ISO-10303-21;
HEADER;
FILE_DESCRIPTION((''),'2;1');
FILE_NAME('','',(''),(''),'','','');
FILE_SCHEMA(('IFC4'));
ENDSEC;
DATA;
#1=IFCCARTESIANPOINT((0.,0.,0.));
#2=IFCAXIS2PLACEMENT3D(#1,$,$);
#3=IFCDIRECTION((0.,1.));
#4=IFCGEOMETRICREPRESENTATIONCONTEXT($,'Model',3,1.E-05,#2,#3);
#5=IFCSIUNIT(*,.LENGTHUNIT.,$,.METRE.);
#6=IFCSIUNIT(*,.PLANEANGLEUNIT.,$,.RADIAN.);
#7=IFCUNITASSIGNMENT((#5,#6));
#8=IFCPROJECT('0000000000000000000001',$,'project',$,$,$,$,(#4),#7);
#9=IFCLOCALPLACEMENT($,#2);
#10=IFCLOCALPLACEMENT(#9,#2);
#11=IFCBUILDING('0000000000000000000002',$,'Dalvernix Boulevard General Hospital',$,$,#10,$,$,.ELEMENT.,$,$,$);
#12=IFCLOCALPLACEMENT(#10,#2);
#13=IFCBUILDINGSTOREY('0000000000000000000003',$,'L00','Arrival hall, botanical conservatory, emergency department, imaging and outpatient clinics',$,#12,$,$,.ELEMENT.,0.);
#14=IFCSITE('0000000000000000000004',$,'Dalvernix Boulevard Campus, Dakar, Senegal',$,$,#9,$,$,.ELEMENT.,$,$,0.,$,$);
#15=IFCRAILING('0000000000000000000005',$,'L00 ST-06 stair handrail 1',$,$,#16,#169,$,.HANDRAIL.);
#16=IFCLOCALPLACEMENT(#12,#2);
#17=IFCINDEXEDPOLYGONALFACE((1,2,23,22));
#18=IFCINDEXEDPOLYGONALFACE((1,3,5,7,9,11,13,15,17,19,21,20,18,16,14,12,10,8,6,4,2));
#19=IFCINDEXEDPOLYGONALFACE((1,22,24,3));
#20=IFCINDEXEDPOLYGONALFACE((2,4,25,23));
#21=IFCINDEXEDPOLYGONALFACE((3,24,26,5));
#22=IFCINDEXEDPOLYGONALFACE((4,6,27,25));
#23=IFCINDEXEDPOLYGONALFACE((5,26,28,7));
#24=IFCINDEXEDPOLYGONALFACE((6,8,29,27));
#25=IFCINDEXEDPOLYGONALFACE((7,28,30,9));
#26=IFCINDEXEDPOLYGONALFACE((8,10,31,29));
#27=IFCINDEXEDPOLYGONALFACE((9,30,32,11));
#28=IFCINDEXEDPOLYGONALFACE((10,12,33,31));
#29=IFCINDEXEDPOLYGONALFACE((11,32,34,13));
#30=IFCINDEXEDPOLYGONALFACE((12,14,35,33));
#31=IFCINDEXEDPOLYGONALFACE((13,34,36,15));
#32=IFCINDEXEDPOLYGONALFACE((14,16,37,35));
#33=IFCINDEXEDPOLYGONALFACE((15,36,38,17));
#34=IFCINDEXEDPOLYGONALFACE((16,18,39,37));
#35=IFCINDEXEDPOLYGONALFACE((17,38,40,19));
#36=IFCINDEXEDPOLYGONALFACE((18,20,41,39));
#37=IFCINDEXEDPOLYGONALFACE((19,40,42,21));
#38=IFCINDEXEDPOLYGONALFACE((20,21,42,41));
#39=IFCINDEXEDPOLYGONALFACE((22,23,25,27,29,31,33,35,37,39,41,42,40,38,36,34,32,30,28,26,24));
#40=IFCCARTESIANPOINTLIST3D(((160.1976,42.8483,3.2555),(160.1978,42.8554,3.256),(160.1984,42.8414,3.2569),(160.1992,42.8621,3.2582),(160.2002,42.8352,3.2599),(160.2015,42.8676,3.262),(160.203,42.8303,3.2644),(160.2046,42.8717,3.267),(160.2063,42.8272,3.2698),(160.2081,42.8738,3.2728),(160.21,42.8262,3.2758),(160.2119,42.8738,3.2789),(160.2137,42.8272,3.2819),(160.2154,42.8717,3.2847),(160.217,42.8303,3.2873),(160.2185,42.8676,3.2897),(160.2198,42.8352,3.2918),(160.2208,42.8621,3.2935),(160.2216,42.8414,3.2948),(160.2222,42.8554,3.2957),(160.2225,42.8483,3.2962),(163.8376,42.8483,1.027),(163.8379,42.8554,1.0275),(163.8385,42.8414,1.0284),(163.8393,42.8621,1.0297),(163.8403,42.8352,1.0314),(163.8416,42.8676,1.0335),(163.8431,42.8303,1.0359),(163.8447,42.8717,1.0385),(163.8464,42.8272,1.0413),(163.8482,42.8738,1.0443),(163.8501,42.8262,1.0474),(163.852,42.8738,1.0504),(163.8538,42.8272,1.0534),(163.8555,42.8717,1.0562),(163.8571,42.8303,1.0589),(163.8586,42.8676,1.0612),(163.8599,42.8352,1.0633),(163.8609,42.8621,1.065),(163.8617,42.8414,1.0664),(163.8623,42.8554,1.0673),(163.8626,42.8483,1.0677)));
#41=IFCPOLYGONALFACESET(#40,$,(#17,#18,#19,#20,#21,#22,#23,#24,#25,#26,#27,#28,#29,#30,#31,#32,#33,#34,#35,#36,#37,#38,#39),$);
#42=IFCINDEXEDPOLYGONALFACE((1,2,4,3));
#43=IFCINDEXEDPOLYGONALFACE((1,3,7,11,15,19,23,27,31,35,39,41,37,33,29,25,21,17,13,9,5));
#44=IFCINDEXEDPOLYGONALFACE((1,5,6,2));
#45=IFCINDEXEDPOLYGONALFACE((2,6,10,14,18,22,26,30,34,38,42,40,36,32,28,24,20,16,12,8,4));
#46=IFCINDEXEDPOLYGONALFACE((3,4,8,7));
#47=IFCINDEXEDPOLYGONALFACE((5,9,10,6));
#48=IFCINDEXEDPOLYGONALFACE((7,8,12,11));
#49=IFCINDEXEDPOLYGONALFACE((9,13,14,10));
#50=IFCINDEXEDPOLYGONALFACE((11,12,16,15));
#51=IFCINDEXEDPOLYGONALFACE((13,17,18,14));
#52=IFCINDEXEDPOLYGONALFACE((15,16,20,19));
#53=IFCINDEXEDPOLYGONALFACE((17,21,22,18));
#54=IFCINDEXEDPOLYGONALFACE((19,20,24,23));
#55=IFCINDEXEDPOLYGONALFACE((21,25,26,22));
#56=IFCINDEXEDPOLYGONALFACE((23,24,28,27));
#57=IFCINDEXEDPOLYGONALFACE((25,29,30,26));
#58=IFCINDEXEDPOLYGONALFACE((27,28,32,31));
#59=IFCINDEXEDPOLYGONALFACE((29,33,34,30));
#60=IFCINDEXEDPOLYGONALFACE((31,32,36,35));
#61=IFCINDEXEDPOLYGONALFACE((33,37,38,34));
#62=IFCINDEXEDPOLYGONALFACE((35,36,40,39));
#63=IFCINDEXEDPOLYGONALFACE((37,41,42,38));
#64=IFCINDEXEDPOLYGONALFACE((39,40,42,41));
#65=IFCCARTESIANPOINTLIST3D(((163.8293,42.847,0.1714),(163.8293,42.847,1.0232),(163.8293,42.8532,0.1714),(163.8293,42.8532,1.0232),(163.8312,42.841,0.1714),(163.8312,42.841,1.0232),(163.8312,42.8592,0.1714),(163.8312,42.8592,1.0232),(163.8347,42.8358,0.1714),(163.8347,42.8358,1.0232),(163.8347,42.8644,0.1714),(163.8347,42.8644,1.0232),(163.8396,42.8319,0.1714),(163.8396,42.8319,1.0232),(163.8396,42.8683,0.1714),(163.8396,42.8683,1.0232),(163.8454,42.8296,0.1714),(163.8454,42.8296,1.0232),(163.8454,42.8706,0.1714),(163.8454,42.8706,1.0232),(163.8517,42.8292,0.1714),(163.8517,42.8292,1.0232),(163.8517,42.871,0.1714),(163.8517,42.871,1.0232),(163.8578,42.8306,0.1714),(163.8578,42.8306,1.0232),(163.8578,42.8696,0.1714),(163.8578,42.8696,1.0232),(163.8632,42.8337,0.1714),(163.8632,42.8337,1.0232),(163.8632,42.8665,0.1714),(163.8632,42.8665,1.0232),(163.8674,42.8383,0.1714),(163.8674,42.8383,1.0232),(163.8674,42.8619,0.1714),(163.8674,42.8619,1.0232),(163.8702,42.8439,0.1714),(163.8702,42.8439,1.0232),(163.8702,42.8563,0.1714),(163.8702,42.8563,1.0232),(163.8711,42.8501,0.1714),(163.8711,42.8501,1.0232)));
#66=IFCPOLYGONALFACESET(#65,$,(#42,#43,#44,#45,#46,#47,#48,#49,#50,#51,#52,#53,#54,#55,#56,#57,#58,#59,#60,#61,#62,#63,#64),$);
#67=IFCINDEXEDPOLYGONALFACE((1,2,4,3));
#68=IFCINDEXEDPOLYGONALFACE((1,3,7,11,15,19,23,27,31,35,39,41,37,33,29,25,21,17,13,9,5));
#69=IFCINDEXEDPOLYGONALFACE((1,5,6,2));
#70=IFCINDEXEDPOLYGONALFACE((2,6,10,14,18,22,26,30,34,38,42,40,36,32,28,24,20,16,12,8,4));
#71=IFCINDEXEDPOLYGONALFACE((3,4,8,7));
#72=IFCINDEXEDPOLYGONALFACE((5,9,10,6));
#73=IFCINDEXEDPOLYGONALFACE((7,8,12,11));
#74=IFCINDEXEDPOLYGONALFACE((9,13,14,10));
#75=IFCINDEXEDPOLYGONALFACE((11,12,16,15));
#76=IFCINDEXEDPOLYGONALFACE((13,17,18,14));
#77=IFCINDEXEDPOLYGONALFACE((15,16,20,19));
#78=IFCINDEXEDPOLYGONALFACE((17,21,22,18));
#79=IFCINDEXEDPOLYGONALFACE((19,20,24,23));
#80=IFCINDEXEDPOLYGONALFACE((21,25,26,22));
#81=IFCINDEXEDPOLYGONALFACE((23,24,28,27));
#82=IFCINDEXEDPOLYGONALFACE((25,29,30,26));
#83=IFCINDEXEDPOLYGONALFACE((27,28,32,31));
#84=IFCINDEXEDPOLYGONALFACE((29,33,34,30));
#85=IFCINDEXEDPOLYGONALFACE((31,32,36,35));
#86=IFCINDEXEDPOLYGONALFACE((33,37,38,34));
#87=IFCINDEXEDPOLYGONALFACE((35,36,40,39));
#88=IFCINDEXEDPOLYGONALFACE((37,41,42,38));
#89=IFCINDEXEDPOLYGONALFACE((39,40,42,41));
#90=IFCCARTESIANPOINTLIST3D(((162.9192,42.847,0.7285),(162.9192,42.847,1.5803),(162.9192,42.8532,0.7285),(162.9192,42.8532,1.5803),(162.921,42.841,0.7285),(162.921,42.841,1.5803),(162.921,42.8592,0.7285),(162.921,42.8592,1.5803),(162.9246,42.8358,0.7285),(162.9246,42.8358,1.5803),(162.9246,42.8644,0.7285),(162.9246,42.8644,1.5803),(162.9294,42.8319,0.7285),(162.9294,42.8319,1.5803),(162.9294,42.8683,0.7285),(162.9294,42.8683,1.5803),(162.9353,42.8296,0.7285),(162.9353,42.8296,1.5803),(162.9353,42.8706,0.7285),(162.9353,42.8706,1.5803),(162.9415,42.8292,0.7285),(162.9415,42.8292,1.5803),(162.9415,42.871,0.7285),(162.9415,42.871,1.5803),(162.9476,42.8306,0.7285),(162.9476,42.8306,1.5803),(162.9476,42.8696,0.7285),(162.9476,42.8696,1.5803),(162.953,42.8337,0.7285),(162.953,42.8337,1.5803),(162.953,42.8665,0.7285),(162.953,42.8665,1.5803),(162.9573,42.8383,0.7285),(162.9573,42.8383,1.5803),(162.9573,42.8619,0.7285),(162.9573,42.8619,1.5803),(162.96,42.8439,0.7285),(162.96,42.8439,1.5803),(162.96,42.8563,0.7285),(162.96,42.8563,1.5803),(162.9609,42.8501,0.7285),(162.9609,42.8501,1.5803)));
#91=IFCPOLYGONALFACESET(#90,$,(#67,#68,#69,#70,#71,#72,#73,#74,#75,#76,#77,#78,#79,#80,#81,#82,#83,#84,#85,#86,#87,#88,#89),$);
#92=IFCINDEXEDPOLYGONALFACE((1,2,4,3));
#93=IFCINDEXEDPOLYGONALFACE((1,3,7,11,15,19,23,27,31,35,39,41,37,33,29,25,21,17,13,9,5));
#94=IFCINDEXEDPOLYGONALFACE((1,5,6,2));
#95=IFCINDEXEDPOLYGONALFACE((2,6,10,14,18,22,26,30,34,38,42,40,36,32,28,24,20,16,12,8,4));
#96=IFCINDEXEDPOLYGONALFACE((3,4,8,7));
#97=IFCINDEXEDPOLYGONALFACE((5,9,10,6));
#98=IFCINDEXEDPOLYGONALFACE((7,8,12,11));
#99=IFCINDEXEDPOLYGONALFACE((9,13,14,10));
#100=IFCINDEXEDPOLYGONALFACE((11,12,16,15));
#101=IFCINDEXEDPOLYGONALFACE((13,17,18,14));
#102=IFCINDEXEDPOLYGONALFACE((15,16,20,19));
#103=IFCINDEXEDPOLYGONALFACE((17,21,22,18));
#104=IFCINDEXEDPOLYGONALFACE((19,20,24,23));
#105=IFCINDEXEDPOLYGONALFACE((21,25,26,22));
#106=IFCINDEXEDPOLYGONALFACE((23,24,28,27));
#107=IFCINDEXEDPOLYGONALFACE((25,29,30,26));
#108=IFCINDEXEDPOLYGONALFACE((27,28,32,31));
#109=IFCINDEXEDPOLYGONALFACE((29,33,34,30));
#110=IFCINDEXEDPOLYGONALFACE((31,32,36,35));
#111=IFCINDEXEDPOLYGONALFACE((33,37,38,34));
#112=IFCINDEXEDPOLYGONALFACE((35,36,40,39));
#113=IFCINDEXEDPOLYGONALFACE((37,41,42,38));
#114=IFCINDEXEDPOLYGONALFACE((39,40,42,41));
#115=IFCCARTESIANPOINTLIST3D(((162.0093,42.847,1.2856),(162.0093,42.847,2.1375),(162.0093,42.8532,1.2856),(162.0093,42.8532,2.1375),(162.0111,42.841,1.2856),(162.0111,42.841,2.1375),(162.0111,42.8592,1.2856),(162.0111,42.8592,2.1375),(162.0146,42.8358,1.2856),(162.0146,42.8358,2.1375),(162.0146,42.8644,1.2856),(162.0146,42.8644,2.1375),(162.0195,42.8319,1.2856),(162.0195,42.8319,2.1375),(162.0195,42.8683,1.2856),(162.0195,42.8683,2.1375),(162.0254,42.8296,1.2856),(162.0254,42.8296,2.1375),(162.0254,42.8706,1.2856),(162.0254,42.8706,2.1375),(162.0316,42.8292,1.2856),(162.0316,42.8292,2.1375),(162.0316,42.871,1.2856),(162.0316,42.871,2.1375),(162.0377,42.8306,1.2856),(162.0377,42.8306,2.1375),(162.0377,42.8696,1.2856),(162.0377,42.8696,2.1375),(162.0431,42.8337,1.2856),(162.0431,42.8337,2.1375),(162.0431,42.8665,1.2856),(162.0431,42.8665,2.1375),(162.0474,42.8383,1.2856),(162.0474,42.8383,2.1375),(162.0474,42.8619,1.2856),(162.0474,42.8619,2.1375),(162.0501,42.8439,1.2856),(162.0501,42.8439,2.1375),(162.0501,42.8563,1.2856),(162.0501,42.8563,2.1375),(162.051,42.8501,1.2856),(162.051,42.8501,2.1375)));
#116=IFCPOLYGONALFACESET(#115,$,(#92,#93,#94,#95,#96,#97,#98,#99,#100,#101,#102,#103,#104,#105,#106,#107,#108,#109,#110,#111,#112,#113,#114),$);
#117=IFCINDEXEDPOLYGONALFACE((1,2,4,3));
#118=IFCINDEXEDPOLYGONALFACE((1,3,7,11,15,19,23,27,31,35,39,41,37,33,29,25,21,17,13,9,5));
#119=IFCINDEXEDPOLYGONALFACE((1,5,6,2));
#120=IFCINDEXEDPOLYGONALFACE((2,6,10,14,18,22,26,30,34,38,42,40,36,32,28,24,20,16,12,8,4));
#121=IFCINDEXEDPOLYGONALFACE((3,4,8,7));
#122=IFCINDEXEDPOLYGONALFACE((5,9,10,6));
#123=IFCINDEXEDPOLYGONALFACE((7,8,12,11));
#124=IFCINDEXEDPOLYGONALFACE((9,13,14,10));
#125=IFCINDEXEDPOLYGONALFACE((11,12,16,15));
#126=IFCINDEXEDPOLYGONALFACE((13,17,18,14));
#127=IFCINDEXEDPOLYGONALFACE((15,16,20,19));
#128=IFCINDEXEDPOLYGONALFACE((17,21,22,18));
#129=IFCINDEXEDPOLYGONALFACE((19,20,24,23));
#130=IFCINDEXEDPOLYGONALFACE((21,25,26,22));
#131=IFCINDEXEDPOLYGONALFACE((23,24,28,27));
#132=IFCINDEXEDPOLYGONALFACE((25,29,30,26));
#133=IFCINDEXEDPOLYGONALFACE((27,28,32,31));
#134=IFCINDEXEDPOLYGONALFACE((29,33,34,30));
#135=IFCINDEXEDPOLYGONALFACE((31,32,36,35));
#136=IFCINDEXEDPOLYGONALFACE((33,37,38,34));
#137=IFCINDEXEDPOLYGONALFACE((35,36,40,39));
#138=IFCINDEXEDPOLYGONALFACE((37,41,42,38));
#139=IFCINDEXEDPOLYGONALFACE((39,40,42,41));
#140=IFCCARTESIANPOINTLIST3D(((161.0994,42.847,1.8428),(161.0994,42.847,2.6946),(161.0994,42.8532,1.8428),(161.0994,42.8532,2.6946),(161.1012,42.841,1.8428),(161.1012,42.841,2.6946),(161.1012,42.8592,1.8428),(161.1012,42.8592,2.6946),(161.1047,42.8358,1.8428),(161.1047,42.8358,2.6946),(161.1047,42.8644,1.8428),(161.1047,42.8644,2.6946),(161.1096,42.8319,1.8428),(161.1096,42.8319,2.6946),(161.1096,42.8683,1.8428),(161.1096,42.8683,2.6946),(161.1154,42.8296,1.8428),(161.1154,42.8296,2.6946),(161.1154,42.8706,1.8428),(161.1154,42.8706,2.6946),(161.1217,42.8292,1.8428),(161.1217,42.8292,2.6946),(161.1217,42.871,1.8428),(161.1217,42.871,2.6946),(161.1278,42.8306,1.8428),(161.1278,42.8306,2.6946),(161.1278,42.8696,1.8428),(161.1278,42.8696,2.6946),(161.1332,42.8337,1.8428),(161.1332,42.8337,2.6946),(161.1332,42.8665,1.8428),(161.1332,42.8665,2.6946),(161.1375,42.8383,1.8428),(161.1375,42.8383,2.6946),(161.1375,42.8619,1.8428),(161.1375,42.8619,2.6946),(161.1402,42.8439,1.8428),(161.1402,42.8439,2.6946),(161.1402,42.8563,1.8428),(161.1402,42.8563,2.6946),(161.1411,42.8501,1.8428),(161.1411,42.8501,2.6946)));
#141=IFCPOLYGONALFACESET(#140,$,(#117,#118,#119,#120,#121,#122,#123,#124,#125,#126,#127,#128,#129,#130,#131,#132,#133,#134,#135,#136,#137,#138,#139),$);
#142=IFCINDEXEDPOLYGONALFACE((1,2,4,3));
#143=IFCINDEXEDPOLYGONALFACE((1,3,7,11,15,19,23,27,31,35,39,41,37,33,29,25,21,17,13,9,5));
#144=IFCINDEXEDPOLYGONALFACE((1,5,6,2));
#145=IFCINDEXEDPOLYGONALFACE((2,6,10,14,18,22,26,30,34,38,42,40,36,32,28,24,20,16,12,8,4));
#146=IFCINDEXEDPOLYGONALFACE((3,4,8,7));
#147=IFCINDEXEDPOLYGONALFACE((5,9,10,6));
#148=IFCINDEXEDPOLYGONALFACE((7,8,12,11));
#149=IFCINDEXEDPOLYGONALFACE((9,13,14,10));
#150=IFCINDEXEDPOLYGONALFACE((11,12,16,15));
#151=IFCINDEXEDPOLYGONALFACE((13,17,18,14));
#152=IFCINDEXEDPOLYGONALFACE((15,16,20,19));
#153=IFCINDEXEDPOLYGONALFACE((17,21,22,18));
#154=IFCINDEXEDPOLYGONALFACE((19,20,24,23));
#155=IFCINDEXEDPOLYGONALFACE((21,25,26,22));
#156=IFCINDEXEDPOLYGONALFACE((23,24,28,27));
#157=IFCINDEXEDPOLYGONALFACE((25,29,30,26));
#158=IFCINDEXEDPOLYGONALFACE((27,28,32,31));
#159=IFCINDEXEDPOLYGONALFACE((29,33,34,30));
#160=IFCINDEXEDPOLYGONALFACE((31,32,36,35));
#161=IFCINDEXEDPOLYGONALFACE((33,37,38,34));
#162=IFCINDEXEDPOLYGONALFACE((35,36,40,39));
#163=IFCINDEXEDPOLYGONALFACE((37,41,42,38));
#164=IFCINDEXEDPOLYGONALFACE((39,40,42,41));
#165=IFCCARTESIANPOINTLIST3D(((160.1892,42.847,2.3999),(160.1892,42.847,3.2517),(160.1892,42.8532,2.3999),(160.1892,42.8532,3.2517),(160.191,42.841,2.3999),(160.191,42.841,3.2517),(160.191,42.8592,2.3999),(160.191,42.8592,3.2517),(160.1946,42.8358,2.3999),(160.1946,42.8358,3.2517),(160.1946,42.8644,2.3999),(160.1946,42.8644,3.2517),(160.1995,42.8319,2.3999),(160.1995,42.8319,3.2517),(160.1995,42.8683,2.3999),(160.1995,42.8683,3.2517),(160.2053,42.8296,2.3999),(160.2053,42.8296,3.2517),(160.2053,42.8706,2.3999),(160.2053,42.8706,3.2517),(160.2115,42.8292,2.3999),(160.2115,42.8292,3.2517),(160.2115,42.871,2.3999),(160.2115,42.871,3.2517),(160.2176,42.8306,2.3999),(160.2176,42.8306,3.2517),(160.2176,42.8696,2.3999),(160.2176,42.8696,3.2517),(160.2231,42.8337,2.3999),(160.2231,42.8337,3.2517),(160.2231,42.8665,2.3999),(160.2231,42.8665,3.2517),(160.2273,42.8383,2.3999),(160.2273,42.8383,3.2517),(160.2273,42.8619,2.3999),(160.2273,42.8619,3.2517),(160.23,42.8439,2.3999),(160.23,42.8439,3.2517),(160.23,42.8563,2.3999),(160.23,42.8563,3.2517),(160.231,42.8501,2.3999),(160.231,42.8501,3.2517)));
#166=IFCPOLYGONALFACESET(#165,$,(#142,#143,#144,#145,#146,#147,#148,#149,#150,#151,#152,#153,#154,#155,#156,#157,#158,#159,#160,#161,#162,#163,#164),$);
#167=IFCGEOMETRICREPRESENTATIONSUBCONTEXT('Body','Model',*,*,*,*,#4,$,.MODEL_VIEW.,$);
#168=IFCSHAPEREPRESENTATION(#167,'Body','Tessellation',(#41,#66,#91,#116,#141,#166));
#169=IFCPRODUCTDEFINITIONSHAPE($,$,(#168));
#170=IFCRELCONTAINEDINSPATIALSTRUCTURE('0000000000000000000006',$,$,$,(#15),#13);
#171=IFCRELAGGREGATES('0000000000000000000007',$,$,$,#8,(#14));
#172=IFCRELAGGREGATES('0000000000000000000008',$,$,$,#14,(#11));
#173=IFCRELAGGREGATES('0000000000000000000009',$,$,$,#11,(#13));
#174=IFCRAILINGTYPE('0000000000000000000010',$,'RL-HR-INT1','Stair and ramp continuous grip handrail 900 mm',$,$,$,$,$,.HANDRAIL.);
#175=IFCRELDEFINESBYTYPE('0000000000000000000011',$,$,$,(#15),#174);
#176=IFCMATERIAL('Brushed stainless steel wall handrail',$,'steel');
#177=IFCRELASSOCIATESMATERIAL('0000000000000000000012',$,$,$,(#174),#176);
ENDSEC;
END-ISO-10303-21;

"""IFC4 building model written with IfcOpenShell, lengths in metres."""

from ifc_helpers import new_model, si_unit, direction, frame, origin, origin_2d, place, context, subcontext, project, spatial, circle, extrude, material, type_object, element, save


model = new_model("IFC4")

# Units and contexts
model_context = context("Model", 3, precision=1e-05, world=origin(), true_north=direction((0.0, 1.0)))
body_context = subcontext(model_context, "Body", "Model", "MODEL_VIEW")
ifc_project = project(units=[si_unit("LENGTHUNIT", "METRE"), si_unit("PLANEANGLEUNIT", "RADIAN")], contexts=[model_context])

# Site, building, storey
site_placement = place(None, origin())
site = spatial("IfcSite", under=ifc_project, at=site_placement, Name="Dalvernix Boulevard Campus, Dakar, Senegal", CompositionType="ELEMENT", RefElevation=0.0)
building_placement = place(site_placement, origin())
building = spatial("IfcBuilding", under=site, at=building_placement, Name="Dalvernix Boulevard General Hospital", CompositionType="ELEMENT")
storey_placement = place(building_placement, origin())
storey = spatial("IfcBuildingStorey", under=building, at=storey_placement, Name="L00", Description="Arrival hall, botanical conservatory, emergency department, imaging and outpatient clinics", CompositionType="ELEMENT", Elevation=0.0)

# Railing
ifc_material_1 = material(Name="Brushed stainless steel wall handrail", Category="steel")
railing_type_1 = type_object("IfcRailingType", Name="RL-HR-INT1", Description="Stair and ramp continuous grip handrail 900 mm", PredefinedType="HANDRAIL", material=ifc_material_1)
railing_1_placement = place(storey_placement, frame((163.8501, 42.8501, 0.1714)))
element("IfcRailing", 1, at=railing_1_placement, inside=storey, type_object=railing_type_1, Name="L00 ST-06 stair handrail 1", PredefinedType="HANDRAIL", context=body_context, shape_type="SweptSolid", body=[
    extrude(circle(Radius=0.0239, at=origin_2d()), frame((0.0, 0.0, 0.876), z_axis=(-0.852866, 0.0, 0.52213), x_axis=(0.0, -1.0, 0.0)), (0.0, 0.0, 1.0), 4.2681),
    extrude(circle(Radius=0.021, at=origin_2d()), origin(), (0.0, 0.0, 1.0), 0.8518),
    extrude(circle(Radius=0.021, at=origin_2d()), frame((-0.9102, 0.0, 0.5571)), (0.0, 0.0, 1.0), 0.8518),
    extrude(circle(Radius=0.021, at=origin_2d()), frame((-1.8201, 0.0, 1.1143)), (0.0, 0.0, 1.0), 0.8518),
    extrude(circle(Radius=0.021, at=origin_2d()), frame((-2.73, 0.0, 1.6714)), (0.0, 0.0, 1.0), 0.8518),
    extrude(circle(Radius=0.021, at=origin_2d()), frame((-3.6401, 0.0, 2.2285)), (0.0, 0.0, 1.0), 0.8518),
])

save(model, "model.ifc")
